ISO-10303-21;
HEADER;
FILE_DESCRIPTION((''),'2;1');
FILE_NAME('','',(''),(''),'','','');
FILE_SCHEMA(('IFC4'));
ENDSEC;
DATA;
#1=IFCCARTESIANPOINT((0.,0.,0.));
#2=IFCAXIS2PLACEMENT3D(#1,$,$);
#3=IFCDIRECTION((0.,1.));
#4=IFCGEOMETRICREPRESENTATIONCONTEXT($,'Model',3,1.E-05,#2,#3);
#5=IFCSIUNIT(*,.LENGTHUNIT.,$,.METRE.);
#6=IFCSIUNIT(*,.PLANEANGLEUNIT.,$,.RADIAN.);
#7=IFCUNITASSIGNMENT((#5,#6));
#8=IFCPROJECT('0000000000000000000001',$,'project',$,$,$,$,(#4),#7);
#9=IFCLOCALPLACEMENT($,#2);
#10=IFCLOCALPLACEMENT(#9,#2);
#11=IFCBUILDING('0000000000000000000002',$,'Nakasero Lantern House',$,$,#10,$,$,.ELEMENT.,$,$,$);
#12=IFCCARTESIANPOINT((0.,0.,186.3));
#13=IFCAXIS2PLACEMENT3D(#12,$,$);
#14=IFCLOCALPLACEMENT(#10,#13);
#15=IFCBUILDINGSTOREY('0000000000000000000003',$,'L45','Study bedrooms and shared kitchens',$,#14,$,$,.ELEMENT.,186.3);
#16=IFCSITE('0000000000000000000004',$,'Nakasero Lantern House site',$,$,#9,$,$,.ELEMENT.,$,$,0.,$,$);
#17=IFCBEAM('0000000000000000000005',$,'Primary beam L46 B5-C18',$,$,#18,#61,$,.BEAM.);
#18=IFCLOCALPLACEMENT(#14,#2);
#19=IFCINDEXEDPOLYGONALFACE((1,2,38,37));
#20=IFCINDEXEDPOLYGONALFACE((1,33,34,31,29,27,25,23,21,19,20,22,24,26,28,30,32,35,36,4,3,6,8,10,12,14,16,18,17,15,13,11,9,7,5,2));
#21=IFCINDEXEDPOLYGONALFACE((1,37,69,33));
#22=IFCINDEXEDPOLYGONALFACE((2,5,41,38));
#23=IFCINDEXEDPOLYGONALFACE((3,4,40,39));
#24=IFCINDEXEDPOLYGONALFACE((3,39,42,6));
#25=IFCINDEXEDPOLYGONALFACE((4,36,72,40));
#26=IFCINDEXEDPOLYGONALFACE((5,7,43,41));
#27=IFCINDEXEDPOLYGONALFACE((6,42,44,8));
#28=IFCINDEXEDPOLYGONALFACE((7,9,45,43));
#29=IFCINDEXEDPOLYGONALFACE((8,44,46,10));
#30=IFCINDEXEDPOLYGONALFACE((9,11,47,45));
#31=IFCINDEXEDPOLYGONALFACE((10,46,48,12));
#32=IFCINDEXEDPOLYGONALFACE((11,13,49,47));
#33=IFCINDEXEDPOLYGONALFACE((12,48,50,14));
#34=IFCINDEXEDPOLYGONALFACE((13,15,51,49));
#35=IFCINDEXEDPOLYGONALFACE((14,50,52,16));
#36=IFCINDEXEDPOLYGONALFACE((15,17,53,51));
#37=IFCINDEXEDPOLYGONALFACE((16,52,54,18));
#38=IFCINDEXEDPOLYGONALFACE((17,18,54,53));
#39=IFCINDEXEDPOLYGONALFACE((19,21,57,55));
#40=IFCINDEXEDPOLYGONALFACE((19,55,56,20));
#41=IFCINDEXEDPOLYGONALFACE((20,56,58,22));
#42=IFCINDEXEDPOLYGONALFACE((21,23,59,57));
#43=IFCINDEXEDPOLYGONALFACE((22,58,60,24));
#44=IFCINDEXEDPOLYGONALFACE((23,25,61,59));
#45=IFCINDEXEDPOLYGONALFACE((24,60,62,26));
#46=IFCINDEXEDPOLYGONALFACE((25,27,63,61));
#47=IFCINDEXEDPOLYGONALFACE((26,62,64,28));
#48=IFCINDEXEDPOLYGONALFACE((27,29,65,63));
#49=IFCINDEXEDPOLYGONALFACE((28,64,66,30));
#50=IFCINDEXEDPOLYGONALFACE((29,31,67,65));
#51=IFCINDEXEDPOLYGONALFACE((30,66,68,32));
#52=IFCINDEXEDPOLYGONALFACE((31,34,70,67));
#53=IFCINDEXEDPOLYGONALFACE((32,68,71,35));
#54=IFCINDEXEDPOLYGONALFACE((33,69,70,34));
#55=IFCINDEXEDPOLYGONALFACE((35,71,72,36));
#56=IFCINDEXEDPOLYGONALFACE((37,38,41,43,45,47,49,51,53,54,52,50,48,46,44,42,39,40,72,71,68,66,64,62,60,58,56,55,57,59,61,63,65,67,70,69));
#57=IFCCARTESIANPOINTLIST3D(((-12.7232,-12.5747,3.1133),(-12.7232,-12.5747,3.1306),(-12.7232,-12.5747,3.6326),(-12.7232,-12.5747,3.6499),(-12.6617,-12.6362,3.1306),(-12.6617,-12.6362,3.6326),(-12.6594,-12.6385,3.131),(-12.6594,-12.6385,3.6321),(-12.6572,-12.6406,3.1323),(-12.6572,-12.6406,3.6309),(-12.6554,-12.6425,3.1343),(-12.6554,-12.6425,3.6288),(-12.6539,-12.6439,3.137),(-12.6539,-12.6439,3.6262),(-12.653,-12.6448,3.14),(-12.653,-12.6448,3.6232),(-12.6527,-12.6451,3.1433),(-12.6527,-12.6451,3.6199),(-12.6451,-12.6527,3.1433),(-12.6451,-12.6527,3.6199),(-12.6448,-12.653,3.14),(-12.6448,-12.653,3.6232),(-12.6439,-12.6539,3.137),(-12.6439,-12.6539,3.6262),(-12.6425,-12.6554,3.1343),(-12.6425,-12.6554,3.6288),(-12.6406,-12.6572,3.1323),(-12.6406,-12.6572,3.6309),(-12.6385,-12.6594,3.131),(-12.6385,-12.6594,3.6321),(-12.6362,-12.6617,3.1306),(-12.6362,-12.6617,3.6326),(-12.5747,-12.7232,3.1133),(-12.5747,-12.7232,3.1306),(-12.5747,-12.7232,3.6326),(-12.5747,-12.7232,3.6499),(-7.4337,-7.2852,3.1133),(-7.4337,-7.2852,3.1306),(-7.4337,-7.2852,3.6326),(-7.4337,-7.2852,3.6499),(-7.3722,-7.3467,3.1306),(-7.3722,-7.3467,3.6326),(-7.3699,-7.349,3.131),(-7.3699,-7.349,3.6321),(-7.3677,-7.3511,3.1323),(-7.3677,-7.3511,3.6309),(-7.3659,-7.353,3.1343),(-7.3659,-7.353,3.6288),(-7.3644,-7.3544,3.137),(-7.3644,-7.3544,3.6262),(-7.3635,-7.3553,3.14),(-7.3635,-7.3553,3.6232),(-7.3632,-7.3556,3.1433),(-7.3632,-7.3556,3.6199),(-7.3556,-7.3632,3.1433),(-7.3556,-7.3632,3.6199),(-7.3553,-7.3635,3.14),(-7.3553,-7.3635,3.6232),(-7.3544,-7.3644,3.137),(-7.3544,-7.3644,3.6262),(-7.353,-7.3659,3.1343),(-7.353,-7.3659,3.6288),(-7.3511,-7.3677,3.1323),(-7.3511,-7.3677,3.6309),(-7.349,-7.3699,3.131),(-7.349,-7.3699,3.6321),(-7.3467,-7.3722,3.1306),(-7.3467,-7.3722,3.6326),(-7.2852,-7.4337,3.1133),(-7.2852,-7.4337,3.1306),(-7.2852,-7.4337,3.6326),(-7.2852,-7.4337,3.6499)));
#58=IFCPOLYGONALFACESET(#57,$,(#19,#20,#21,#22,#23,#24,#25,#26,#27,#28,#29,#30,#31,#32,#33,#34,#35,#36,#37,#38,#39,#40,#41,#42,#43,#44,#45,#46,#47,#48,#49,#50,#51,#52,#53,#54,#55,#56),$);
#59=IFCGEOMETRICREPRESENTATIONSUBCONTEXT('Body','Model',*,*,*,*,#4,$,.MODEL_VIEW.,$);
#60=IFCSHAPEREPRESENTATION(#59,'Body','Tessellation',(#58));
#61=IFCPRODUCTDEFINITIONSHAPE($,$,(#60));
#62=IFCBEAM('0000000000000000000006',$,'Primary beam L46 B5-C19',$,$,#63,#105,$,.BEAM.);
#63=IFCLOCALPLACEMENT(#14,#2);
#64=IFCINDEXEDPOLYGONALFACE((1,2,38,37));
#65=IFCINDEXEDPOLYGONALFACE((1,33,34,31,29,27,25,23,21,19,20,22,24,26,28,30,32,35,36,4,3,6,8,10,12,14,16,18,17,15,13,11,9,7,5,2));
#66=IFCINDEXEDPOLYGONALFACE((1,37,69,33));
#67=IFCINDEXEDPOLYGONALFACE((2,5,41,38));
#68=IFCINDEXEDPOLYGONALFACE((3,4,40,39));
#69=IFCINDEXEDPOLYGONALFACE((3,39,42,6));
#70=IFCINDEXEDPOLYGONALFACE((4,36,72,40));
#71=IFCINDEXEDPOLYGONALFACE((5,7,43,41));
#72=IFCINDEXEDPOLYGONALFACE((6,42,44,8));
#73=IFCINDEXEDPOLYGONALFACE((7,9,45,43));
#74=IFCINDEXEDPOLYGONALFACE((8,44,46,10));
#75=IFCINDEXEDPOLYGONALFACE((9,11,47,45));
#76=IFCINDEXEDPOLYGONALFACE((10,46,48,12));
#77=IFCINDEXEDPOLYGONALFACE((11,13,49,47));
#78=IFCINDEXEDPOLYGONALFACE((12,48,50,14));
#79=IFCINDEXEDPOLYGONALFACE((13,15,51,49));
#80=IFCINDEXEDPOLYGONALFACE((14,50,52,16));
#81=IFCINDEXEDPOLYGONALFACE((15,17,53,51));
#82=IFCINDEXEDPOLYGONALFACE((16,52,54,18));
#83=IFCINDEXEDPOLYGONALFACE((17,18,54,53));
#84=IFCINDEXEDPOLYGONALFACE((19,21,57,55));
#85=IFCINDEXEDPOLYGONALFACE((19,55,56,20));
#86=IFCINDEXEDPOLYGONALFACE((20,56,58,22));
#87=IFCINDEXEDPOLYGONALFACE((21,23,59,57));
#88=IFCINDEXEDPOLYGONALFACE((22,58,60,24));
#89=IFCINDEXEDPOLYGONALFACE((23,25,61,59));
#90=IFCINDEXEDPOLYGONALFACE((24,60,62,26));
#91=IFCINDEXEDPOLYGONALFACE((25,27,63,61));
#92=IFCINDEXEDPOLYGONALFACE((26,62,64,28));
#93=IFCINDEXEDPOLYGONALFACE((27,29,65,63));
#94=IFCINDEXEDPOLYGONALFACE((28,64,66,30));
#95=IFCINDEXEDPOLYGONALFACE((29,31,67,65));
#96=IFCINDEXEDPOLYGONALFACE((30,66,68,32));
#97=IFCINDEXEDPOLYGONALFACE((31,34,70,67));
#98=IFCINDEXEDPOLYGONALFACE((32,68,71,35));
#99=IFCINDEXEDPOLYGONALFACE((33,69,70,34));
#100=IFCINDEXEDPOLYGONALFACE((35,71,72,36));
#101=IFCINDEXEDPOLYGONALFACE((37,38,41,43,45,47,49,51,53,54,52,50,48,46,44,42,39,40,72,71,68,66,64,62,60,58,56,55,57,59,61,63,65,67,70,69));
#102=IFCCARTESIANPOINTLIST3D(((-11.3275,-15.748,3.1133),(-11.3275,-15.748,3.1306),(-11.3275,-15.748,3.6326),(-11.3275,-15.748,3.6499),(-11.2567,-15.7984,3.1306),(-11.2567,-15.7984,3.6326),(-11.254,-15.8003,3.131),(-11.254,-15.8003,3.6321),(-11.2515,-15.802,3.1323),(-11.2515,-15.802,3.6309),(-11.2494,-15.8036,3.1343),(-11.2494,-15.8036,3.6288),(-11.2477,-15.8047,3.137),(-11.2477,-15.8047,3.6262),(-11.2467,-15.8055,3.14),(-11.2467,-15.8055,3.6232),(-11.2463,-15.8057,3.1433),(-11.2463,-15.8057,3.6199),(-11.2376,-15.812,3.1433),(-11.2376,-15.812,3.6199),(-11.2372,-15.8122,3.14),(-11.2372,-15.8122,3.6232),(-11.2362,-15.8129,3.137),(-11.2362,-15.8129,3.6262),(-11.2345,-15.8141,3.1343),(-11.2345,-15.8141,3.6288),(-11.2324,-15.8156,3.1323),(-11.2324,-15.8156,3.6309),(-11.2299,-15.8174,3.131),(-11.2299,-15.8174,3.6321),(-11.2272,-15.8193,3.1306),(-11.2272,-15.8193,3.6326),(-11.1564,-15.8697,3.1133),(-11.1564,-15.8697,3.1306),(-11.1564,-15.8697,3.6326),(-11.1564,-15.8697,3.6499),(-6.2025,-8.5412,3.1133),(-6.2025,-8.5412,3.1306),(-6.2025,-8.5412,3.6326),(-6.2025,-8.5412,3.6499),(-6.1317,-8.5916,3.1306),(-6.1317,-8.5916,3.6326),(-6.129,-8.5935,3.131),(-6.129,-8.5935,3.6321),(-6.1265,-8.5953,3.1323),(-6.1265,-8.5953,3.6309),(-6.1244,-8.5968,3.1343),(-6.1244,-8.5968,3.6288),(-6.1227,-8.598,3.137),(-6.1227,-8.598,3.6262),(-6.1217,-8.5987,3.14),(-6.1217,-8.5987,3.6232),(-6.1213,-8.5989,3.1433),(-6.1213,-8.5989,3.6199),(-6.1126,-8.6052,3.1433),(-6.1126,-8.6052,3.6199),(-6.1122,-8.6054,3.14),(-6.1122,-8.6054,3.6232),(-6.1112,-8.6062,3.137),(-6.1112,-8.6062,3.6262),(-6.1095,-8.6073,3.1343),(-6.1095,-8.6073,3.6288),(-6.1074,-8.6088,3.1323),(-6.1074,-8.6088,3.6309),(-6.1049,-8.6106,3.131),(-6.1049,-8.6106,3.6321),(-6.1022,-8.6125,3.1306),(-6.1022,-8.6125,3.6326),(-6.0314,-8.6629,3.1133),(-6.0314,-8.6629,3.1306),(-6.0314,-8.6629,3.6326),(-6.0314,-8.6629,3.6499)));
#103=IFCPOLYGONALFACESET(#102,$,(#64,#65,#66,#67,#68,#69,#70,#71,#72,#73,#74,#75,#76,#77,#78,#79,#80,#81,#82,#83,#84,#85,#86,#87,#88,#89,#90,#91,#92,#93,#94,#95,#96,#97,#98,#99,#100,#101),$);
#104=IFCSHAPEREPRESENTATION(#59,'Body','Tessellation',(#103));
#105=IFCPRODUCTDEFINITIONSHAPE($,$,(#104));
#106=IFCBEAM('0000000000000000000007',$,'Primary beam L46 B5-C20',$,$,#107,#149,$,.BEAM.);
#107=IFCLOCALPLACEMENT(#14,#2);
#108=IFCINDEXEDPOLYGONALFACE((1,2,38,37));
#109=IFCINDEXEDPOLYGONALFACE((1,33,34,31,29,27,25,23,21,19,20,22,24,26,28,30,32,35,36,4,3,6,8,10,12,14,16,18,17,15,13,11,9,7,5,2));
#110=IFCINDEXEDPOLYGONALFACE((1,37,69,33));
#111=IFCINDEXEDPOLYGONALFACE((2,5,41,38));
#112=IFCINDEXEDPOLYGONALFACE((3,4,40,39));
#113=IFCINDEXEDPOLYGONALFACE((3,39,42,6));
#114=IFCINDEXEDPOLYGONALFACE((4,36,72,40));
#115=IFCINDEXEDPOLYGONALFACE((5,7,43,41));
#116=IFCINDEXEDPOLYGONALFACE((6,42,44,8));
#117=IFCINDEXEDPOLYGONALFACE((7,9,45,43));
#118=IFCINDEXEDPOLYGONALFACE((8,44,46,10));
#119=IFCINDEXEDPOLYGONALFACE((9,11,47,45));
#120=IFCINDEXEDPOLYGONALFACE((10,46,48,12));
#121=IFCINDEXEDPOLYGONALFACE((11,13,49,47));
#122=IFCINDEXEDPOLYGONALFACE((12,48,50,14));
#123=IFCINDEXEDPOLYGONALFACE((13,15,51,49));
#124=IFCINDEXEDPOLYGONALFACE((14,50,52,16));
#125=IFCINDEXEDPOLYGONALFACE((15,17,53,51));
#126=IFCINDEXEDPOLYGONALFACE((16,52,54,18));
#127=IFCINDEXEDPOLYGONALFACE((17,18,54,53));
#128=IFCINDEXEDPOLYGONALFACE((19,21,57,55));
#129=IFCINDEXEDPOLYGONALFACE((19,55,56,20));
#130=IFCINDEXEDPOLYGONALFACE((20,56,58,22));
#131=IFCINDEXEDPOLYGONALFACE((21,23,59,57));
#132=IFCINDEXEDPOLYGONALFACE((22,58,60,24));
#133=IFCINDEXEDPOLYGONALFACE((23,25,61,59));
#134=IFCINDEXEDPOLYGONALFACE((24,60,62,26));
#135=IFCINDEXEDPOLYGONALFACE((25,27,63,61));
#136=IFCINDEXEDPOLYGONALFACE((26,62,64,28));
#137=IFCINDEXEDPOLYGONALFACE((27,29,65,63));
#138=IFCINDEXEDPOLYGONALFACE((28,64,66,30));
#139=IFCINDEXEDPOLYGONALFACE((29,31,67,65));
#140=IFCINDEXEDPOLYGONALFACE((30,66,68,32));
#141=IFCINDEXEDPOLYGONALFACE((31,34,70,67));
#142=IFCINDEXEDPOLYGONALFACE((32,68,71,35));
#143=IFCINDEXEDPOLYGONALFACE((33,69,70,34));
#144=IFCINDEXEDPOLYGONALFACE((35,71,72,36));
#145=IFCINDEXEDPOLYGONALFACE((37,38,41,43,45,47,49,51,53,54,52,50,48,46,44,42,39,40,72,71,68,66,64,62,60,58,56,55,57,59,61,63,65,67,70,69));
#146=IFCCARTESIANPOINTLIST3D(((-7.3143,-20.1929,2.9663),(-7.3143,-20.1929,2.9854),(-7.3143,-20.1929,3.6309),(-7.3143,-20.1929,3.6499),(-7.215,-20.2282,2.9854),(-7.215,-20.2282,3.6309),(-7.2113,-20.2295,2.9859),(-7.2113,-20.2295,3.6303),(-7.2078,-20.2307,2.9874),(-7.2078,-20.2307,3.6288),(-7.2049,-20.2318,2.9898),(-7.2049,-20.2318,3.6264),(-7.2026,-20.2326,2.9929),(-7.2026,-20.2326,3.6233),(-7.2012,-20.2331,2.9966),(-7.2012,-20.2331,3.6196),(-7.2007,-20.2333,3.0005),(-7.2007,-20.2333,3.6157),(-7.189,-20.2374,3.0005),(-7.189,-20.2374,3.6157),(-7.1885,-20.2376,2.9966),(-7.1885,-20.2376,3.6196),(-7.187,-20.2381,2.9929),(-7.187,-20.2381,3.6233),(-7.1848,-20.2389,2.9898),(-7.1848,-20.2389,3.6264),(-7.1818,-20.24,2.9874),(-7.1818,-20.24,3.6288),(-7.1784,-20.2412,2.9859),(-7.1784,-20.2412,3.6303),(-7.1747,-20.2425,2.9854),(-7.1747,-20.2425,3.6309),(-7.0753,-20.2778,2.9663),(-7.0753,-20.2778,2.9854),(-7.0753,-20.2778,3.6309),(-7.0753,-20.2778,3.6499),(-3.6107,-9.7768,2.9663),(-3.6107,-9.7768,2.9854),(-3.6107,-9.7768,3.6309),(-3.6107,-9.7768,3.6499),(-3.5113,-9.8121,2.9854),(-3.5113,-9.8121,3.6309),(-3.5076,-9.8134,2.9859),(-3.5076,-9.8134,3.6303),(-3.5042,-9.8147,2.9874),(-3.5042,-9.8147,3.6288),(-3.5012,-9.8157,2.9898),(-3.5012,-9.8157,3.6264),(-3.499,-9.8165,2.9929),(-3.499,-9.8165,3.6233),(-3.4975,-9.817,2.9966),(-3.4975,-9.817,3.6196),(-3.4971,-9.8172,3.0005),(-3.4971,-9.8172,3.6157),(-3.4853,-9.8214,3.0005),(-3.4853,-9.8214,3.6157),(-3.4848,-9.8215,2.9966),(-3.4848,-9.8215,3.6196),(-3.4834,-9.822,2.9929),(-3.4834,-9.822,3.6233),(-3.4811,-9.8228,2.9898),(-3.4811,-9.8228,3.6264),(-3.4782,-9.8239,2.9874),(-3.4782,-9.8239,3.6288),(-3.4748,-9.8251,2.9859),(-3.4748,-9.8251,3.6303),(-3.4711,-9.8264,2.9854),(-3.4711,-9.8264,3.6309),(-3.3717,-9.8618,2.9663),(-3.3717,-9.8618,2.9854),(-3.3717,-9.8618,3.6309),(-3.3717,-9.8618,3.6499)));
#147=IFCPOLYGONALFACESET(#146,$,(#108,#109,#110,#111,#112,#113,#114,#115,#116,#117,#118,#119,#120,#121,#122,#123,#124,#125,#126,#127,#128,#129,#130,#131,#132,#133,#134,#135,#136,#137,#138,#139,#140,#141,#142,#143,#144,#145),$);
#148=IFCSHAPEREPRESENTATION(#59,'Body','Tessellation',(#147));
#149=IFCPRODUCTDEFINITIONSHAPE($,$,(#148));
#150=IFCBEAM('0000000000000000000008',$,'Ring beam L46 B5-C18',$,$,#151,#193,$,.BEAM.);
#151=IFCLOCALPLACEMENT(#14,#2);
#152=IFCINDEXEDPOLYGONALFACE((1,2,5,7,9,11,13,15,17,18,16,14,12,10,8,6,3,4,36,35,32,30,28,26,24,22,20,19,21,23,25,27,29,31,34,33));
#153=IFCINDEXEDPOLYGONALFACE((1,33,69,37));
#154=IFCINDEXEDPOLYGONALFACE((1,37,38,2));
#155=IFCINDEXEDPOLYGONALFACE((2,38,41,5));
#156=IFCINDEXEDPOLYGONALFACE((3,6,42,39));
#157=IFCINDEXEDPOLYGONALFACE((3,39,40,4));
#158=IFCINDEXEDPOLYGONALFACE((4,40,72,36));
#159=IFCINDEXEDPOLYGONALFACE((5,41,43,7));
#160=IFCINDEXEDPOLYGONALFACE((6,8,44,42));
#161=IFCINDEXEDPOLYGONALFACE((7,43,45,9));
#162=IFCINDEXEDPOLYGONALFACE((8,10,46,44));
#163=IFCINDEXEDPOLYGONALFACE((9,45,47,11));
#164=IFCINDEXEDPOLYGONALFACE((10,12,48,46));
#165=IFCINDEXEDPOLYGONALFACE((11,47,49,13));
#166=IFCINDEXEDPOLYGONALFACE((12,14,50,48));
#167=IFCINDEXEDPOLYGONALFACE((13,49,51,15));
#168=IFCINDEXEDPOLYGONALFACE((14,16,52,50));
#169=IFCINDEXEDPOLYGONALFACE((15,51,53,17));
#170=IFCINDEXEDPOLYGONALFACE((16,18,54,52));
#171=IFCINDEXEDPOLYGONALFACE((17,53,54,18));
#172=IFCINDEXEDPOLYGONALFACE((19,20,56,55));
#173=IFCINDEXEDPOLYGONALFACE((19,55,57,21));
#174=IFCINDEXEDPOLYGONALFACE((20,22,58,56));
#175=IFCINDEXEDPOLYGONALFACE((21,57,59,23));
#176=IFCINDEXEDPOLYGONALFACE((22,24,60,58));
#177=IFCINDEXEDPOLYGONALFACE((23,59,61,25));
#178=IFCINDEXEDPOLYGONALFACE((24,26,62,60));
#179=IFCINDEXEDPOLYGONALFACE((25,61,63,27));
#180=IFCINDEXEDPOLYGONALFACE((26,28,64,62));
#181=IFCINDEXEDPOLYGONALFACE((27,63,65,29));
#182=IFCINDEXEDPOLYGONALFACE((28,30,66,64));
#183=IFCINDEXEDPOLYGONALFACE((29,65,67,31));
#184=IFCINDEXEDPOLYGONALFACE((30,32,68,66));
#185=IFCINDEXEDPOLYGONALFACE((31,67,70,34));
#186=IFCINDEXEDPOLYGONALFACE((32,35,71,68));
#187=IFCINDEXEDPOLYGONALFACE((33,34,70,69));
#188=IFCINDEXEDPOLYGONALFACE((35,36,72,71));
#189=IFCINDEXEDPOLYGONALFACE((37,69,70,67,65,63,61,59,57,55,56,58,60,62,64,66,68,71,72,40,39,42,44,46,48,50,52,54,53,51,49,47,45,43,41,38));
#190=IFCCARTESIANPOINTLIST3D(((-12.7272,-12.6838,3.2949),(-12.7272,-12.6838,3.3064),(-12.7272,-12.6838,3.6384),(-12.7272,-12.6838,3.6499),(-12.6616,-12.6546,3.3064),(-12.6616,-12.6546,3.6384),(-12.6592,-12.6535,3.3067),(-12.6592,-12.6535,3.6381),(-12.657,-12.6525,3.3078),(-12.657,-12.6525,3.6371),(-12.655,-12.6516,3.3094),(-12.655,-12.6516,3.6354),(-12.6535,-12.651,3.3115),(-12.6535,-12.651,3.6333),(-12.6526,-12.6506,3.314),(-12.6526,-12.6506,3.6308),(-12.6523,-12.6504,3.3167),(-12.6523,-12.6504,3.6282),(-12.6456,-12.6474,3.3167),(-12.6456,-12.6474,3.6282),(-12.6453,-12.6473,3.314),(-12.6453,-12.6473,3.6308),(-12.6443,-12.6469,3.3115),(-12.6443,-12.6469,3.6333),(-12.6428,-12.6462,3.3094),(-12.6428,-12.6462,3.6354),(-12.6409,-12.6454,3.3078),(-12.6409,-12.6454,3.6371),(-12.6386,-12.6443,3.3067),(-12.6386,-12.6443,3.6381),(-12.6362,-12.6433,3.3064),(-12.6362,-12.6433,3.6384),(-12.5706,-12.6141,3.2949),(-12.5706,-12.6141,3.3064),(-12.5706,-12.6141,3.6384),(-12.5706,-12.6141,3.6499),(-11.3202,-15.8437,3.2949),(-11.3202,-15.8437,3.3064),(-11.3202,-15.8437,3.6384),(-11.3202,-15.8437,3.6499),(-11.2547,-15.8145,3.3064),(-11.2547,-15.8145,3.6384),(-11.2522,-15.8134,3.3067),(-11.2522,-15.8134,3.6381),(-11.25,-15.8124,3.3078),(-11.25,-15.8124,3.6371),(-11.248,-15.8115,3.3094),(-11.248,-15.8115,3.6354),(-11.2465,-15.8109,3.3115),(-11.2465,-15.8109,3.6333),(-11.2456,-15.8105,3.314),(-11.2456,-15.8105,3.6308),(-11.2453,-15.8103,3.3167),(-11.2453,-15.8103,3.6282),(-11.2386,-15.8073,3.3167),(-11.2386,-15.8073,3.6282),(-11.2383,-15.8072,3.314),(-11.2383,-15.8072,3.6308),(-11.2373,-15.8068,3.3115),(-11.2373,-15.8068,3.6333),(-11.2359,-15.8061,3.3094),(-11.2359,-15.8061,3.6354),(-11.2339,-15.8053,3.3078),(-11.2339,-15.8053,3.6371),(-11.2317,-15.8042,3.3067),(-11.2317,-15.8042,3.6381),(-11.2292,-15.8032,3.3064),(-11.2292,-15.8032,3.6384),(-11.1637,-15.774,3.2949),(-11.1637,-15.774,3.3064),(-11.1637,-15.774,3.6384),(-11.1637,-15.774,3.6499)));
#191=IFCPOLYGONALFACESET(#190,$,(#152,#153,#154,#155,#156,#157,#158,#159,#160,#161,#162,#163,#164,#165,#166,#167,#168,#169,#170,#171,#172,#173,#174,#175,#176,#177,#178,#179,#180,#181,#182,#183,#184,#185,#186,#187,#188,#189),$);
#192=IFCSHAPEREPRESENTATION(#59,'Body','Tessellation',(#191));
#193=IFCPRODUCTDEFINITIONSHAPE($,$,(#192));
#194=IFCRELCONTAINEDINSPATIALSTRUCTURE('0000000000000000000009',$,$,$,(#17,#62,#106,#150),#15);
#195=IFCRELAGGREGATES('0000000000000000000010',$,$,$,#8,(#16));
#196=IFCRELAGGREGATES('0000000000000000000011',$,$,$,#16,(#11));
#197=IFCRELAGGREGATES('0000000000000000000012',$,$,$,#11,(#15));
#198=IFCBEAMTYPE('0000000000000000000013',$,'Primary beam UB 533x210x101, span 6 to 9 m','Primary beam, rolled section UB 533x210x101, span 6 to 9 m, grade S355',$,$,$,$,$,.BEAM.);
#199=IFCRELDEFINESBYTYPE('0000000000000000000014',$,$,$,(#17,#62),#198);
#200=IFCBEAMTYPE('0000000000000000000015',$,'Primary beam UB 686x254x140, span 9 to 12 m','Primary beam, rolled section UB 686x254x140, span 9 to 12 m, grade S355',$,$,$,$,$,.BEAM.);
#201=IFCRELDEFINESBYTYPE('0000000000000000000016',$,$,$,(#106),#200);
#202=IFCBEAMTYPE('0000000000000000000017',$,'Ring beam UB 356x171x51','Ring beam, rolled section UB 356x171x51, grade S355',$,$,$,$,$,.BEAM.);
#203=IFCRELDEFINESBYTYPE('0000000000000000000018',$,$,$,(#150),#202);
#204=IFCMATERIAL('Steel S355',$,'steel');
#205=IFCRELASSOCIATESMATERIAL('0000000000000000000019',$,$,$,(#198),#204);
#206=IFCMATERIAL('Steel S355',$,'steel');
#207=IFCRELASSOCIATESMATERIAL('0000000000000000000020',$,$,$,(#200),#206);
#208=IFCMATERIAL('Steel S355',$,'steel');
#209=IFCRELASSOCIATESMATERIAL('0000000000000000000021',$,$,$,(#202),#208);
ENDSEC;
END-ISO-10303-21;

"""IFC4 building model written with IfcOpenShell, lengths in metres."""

from ifc_helpers import new_model, si_unit, direction, frame, origin, origin_2d, place, context, subcontext, project, spatial, i_section, extrude, material, material_profile, profile_set, type_object, element, save


model = new_model("IFC4")

# Units and contexts
model_context = context("Model", 3, precision=1e-05, world=origin(), true_north=direction((0.0, 1.0)))
body_context = subcontext(model_context, "Body", "Model", "MODEL_VIEW")
ifc_project = project(units=[si_unit("LENGTHUNIT", "METRE"), si_unit("PLANEANGLEUNIT", "RADIAN")], contexts=[model_context])

# Site, building, storey
site_placement = place(None, origin())
site = spatial("IfcSite", under=ifc_project, at=site_placement, Name="Nakasero Lantern House site", CompositionType="ELEMENT", RefElevation=0.0)
building_placement = place(site_placement, origin())
building = spatial("IfcBuilding", under=site, at=building_placement, Name="Nakasero Lantern House", CompositionType="ELEMENT")
storey_placement = place(building_placement, frame((0.0, 0.0, 186.3)))
storey = spatial("IfcBuildingStorey", under=building, at=storey_placement, Name="L45", Description="Study bedrooms and shared kitchens", CompositionType="ELEMENT", Elevation=186.3)

# Beams
ifc_material_1 = material(Name="Steel S355", Category="steel")
ifc_material_profile_1 = material_profile(ifc_material_1, i_section(OverallWidth=0.21, OverallDepth=0.5366, WebThickness=0.0107, FlangeThickness=0.0173, FilletRadius=0.0127, at=origin_2d()), Name="UB 533x210x101")
ifc_profile_set_1 = profile_set([ifc_material_profile_1], Name="Steel S355")
beam_type_1 = type_object("IfcBeamType", Name="Primary beam UB 533x210x101, span 6 to 9 m", Description="Primary beam, rolled section UB 533x210x101, span 6 to 9 m, grade S355", PredefinedType="BEAM", material=ifc_profile_set_1)
beam_1_placement = place(storey_placement, frame((-12.6489, -12.6489, 3.3816), z_axis=(0.707107, 0.707107, 0.0), x_axis=(-0.707107, 0.707107, 0.0)))
element("IfcBeam", 1, at=beam_1_placement, inside=storey, type_object=beam_type_1, Name="Primary beam L46 B5-C18", PredefinedType="BEAM", context=body_context, shape_type="SweptSolid", body=[
    extrude(i_section(OverallWidth=0.21, OverallDepth=0.5366, WebThickness=0.0107, FlangeThickness=0.0173, FilletRadius=0.0127, at=origin_2d()), origin(), (0.0, 0.0, 1.0), 7.4805),
])
beam_2_placement = place(storey_placement, frame((-11.2419, -15.8088, 3.3816), z_axis=(0.579537, 0.814946, 0.0), x_axis=(-0.814946, 0.579537, 0.0)))
element("IfcBeam", 2, at=beam_2_placement, inside=storey, type_object=beam_type_1, Name="Primary beam L46 B5-C19", PredefinedType="BEAM", context=body_context, shape_type="SweptSolid", body=[
    extrude(i_section(OverallWidth=0.21, OverallDepth=0.5366, WebThickness=0.0107, FlangeThickness=0.0173, FilletRadius=0.0127, at=origin_2d()), origin(), (0.0, 0.0, 1.0), 8.8433),
])
ifc_material_2 = material(Name="Steel S355", Category="steel")
ifc_material_profile_2 = material_profile(ifc_material_2, i_section(OverallWidth=0.2537, OverallDepth=0.6836, WebThickness=0.0125, FlangeThickness=0.019, FilletRadius=0.0151, at=origin_2d()), Name="UB 686x254x140")
ifc_profile_set_2 = profile_set([ifc_material_profile_2], Name="Steel S355")
beam_type_2 = type_object("IfcBeamType", Name="Primary beam UB 686x254x140, span 9 to 12 m", Description="Primary beam, rolled section UB 686x254x140, span 9 to 12 m, grade S355", PredefinedType="BEAM", material=ifc_profile_set_2)
beam_3_placement = place(storey_placement, frame((-7.1948, -20.2354, 3.3081), z_axis=(0.335021, 0.942211, 0.0), x_axis=(-0.942211, 0.335021, 0.0)))
element("IfcBeam", 3, at=beam_3_placement, inside=storey, type_object=beam_type_2, Name="Primary beam L46 B5-C20", PredefinedType="BEAM", context=body_context, shape_type="SweptSolid", body=[
    extrude(i_section(OverallWidth=0.2537, OverallDepth=0.6836, WebThickness=0.0125, FlangeThickness=0.019, FilletRadius=0.0151, at=origin_2d()), origin(), (0.0, 0.0, 1.0), 11.0549),
])
ifc_material_3 = material(Name="Steel S355", Category="steel")
ifc_material_profile_3 = material_profile(ifc_material_3, i_section(OverallWidth=0.1714, OverallDepth=0.355, WebThickness=0.0073, FlangeThickness=0.0115, FilletRadius=0.0103, at=origin_2d()), Name="UB 356x171x51")
ifc_profile_set_3 = profile_set([ifc_material_profile_3], Name="Steel S355")
beam_type_3 = type_object("IfcBeamType", Name="Ring beam UB 356x171x51", Description="Ring beam, rolled section UB 356x171x51, grade S355", PredefinedType="BEAM", material=ifc_profile_set_3)
beam_4_placement = place(storey_placement, frame((-12.6489, -12.6489, 3.4724), z_axis=(0.406761, -0.913535, 0.0), x_axis=(0.913535, 0.406761, 0.0)))
element("IfcBeam", 4, at=beam_4_placement, inside=storey, type_object=beam_type_3, Name="Ring beam L46 B5-C18", PredefinedType="BEAM", context=body_context, shape_type="SweptSolid", body=[
    extrude(i_section(OverallWidth=0.1714, OverallDepth=0.355, WebThickness=0.0073, FlangeThickness=0.0115, FilletRadius=0.0103, at=origin_2d()), origin(), (0.0, 0.0, 1.0), 3.459),
])

save(model, "model.ifc")
